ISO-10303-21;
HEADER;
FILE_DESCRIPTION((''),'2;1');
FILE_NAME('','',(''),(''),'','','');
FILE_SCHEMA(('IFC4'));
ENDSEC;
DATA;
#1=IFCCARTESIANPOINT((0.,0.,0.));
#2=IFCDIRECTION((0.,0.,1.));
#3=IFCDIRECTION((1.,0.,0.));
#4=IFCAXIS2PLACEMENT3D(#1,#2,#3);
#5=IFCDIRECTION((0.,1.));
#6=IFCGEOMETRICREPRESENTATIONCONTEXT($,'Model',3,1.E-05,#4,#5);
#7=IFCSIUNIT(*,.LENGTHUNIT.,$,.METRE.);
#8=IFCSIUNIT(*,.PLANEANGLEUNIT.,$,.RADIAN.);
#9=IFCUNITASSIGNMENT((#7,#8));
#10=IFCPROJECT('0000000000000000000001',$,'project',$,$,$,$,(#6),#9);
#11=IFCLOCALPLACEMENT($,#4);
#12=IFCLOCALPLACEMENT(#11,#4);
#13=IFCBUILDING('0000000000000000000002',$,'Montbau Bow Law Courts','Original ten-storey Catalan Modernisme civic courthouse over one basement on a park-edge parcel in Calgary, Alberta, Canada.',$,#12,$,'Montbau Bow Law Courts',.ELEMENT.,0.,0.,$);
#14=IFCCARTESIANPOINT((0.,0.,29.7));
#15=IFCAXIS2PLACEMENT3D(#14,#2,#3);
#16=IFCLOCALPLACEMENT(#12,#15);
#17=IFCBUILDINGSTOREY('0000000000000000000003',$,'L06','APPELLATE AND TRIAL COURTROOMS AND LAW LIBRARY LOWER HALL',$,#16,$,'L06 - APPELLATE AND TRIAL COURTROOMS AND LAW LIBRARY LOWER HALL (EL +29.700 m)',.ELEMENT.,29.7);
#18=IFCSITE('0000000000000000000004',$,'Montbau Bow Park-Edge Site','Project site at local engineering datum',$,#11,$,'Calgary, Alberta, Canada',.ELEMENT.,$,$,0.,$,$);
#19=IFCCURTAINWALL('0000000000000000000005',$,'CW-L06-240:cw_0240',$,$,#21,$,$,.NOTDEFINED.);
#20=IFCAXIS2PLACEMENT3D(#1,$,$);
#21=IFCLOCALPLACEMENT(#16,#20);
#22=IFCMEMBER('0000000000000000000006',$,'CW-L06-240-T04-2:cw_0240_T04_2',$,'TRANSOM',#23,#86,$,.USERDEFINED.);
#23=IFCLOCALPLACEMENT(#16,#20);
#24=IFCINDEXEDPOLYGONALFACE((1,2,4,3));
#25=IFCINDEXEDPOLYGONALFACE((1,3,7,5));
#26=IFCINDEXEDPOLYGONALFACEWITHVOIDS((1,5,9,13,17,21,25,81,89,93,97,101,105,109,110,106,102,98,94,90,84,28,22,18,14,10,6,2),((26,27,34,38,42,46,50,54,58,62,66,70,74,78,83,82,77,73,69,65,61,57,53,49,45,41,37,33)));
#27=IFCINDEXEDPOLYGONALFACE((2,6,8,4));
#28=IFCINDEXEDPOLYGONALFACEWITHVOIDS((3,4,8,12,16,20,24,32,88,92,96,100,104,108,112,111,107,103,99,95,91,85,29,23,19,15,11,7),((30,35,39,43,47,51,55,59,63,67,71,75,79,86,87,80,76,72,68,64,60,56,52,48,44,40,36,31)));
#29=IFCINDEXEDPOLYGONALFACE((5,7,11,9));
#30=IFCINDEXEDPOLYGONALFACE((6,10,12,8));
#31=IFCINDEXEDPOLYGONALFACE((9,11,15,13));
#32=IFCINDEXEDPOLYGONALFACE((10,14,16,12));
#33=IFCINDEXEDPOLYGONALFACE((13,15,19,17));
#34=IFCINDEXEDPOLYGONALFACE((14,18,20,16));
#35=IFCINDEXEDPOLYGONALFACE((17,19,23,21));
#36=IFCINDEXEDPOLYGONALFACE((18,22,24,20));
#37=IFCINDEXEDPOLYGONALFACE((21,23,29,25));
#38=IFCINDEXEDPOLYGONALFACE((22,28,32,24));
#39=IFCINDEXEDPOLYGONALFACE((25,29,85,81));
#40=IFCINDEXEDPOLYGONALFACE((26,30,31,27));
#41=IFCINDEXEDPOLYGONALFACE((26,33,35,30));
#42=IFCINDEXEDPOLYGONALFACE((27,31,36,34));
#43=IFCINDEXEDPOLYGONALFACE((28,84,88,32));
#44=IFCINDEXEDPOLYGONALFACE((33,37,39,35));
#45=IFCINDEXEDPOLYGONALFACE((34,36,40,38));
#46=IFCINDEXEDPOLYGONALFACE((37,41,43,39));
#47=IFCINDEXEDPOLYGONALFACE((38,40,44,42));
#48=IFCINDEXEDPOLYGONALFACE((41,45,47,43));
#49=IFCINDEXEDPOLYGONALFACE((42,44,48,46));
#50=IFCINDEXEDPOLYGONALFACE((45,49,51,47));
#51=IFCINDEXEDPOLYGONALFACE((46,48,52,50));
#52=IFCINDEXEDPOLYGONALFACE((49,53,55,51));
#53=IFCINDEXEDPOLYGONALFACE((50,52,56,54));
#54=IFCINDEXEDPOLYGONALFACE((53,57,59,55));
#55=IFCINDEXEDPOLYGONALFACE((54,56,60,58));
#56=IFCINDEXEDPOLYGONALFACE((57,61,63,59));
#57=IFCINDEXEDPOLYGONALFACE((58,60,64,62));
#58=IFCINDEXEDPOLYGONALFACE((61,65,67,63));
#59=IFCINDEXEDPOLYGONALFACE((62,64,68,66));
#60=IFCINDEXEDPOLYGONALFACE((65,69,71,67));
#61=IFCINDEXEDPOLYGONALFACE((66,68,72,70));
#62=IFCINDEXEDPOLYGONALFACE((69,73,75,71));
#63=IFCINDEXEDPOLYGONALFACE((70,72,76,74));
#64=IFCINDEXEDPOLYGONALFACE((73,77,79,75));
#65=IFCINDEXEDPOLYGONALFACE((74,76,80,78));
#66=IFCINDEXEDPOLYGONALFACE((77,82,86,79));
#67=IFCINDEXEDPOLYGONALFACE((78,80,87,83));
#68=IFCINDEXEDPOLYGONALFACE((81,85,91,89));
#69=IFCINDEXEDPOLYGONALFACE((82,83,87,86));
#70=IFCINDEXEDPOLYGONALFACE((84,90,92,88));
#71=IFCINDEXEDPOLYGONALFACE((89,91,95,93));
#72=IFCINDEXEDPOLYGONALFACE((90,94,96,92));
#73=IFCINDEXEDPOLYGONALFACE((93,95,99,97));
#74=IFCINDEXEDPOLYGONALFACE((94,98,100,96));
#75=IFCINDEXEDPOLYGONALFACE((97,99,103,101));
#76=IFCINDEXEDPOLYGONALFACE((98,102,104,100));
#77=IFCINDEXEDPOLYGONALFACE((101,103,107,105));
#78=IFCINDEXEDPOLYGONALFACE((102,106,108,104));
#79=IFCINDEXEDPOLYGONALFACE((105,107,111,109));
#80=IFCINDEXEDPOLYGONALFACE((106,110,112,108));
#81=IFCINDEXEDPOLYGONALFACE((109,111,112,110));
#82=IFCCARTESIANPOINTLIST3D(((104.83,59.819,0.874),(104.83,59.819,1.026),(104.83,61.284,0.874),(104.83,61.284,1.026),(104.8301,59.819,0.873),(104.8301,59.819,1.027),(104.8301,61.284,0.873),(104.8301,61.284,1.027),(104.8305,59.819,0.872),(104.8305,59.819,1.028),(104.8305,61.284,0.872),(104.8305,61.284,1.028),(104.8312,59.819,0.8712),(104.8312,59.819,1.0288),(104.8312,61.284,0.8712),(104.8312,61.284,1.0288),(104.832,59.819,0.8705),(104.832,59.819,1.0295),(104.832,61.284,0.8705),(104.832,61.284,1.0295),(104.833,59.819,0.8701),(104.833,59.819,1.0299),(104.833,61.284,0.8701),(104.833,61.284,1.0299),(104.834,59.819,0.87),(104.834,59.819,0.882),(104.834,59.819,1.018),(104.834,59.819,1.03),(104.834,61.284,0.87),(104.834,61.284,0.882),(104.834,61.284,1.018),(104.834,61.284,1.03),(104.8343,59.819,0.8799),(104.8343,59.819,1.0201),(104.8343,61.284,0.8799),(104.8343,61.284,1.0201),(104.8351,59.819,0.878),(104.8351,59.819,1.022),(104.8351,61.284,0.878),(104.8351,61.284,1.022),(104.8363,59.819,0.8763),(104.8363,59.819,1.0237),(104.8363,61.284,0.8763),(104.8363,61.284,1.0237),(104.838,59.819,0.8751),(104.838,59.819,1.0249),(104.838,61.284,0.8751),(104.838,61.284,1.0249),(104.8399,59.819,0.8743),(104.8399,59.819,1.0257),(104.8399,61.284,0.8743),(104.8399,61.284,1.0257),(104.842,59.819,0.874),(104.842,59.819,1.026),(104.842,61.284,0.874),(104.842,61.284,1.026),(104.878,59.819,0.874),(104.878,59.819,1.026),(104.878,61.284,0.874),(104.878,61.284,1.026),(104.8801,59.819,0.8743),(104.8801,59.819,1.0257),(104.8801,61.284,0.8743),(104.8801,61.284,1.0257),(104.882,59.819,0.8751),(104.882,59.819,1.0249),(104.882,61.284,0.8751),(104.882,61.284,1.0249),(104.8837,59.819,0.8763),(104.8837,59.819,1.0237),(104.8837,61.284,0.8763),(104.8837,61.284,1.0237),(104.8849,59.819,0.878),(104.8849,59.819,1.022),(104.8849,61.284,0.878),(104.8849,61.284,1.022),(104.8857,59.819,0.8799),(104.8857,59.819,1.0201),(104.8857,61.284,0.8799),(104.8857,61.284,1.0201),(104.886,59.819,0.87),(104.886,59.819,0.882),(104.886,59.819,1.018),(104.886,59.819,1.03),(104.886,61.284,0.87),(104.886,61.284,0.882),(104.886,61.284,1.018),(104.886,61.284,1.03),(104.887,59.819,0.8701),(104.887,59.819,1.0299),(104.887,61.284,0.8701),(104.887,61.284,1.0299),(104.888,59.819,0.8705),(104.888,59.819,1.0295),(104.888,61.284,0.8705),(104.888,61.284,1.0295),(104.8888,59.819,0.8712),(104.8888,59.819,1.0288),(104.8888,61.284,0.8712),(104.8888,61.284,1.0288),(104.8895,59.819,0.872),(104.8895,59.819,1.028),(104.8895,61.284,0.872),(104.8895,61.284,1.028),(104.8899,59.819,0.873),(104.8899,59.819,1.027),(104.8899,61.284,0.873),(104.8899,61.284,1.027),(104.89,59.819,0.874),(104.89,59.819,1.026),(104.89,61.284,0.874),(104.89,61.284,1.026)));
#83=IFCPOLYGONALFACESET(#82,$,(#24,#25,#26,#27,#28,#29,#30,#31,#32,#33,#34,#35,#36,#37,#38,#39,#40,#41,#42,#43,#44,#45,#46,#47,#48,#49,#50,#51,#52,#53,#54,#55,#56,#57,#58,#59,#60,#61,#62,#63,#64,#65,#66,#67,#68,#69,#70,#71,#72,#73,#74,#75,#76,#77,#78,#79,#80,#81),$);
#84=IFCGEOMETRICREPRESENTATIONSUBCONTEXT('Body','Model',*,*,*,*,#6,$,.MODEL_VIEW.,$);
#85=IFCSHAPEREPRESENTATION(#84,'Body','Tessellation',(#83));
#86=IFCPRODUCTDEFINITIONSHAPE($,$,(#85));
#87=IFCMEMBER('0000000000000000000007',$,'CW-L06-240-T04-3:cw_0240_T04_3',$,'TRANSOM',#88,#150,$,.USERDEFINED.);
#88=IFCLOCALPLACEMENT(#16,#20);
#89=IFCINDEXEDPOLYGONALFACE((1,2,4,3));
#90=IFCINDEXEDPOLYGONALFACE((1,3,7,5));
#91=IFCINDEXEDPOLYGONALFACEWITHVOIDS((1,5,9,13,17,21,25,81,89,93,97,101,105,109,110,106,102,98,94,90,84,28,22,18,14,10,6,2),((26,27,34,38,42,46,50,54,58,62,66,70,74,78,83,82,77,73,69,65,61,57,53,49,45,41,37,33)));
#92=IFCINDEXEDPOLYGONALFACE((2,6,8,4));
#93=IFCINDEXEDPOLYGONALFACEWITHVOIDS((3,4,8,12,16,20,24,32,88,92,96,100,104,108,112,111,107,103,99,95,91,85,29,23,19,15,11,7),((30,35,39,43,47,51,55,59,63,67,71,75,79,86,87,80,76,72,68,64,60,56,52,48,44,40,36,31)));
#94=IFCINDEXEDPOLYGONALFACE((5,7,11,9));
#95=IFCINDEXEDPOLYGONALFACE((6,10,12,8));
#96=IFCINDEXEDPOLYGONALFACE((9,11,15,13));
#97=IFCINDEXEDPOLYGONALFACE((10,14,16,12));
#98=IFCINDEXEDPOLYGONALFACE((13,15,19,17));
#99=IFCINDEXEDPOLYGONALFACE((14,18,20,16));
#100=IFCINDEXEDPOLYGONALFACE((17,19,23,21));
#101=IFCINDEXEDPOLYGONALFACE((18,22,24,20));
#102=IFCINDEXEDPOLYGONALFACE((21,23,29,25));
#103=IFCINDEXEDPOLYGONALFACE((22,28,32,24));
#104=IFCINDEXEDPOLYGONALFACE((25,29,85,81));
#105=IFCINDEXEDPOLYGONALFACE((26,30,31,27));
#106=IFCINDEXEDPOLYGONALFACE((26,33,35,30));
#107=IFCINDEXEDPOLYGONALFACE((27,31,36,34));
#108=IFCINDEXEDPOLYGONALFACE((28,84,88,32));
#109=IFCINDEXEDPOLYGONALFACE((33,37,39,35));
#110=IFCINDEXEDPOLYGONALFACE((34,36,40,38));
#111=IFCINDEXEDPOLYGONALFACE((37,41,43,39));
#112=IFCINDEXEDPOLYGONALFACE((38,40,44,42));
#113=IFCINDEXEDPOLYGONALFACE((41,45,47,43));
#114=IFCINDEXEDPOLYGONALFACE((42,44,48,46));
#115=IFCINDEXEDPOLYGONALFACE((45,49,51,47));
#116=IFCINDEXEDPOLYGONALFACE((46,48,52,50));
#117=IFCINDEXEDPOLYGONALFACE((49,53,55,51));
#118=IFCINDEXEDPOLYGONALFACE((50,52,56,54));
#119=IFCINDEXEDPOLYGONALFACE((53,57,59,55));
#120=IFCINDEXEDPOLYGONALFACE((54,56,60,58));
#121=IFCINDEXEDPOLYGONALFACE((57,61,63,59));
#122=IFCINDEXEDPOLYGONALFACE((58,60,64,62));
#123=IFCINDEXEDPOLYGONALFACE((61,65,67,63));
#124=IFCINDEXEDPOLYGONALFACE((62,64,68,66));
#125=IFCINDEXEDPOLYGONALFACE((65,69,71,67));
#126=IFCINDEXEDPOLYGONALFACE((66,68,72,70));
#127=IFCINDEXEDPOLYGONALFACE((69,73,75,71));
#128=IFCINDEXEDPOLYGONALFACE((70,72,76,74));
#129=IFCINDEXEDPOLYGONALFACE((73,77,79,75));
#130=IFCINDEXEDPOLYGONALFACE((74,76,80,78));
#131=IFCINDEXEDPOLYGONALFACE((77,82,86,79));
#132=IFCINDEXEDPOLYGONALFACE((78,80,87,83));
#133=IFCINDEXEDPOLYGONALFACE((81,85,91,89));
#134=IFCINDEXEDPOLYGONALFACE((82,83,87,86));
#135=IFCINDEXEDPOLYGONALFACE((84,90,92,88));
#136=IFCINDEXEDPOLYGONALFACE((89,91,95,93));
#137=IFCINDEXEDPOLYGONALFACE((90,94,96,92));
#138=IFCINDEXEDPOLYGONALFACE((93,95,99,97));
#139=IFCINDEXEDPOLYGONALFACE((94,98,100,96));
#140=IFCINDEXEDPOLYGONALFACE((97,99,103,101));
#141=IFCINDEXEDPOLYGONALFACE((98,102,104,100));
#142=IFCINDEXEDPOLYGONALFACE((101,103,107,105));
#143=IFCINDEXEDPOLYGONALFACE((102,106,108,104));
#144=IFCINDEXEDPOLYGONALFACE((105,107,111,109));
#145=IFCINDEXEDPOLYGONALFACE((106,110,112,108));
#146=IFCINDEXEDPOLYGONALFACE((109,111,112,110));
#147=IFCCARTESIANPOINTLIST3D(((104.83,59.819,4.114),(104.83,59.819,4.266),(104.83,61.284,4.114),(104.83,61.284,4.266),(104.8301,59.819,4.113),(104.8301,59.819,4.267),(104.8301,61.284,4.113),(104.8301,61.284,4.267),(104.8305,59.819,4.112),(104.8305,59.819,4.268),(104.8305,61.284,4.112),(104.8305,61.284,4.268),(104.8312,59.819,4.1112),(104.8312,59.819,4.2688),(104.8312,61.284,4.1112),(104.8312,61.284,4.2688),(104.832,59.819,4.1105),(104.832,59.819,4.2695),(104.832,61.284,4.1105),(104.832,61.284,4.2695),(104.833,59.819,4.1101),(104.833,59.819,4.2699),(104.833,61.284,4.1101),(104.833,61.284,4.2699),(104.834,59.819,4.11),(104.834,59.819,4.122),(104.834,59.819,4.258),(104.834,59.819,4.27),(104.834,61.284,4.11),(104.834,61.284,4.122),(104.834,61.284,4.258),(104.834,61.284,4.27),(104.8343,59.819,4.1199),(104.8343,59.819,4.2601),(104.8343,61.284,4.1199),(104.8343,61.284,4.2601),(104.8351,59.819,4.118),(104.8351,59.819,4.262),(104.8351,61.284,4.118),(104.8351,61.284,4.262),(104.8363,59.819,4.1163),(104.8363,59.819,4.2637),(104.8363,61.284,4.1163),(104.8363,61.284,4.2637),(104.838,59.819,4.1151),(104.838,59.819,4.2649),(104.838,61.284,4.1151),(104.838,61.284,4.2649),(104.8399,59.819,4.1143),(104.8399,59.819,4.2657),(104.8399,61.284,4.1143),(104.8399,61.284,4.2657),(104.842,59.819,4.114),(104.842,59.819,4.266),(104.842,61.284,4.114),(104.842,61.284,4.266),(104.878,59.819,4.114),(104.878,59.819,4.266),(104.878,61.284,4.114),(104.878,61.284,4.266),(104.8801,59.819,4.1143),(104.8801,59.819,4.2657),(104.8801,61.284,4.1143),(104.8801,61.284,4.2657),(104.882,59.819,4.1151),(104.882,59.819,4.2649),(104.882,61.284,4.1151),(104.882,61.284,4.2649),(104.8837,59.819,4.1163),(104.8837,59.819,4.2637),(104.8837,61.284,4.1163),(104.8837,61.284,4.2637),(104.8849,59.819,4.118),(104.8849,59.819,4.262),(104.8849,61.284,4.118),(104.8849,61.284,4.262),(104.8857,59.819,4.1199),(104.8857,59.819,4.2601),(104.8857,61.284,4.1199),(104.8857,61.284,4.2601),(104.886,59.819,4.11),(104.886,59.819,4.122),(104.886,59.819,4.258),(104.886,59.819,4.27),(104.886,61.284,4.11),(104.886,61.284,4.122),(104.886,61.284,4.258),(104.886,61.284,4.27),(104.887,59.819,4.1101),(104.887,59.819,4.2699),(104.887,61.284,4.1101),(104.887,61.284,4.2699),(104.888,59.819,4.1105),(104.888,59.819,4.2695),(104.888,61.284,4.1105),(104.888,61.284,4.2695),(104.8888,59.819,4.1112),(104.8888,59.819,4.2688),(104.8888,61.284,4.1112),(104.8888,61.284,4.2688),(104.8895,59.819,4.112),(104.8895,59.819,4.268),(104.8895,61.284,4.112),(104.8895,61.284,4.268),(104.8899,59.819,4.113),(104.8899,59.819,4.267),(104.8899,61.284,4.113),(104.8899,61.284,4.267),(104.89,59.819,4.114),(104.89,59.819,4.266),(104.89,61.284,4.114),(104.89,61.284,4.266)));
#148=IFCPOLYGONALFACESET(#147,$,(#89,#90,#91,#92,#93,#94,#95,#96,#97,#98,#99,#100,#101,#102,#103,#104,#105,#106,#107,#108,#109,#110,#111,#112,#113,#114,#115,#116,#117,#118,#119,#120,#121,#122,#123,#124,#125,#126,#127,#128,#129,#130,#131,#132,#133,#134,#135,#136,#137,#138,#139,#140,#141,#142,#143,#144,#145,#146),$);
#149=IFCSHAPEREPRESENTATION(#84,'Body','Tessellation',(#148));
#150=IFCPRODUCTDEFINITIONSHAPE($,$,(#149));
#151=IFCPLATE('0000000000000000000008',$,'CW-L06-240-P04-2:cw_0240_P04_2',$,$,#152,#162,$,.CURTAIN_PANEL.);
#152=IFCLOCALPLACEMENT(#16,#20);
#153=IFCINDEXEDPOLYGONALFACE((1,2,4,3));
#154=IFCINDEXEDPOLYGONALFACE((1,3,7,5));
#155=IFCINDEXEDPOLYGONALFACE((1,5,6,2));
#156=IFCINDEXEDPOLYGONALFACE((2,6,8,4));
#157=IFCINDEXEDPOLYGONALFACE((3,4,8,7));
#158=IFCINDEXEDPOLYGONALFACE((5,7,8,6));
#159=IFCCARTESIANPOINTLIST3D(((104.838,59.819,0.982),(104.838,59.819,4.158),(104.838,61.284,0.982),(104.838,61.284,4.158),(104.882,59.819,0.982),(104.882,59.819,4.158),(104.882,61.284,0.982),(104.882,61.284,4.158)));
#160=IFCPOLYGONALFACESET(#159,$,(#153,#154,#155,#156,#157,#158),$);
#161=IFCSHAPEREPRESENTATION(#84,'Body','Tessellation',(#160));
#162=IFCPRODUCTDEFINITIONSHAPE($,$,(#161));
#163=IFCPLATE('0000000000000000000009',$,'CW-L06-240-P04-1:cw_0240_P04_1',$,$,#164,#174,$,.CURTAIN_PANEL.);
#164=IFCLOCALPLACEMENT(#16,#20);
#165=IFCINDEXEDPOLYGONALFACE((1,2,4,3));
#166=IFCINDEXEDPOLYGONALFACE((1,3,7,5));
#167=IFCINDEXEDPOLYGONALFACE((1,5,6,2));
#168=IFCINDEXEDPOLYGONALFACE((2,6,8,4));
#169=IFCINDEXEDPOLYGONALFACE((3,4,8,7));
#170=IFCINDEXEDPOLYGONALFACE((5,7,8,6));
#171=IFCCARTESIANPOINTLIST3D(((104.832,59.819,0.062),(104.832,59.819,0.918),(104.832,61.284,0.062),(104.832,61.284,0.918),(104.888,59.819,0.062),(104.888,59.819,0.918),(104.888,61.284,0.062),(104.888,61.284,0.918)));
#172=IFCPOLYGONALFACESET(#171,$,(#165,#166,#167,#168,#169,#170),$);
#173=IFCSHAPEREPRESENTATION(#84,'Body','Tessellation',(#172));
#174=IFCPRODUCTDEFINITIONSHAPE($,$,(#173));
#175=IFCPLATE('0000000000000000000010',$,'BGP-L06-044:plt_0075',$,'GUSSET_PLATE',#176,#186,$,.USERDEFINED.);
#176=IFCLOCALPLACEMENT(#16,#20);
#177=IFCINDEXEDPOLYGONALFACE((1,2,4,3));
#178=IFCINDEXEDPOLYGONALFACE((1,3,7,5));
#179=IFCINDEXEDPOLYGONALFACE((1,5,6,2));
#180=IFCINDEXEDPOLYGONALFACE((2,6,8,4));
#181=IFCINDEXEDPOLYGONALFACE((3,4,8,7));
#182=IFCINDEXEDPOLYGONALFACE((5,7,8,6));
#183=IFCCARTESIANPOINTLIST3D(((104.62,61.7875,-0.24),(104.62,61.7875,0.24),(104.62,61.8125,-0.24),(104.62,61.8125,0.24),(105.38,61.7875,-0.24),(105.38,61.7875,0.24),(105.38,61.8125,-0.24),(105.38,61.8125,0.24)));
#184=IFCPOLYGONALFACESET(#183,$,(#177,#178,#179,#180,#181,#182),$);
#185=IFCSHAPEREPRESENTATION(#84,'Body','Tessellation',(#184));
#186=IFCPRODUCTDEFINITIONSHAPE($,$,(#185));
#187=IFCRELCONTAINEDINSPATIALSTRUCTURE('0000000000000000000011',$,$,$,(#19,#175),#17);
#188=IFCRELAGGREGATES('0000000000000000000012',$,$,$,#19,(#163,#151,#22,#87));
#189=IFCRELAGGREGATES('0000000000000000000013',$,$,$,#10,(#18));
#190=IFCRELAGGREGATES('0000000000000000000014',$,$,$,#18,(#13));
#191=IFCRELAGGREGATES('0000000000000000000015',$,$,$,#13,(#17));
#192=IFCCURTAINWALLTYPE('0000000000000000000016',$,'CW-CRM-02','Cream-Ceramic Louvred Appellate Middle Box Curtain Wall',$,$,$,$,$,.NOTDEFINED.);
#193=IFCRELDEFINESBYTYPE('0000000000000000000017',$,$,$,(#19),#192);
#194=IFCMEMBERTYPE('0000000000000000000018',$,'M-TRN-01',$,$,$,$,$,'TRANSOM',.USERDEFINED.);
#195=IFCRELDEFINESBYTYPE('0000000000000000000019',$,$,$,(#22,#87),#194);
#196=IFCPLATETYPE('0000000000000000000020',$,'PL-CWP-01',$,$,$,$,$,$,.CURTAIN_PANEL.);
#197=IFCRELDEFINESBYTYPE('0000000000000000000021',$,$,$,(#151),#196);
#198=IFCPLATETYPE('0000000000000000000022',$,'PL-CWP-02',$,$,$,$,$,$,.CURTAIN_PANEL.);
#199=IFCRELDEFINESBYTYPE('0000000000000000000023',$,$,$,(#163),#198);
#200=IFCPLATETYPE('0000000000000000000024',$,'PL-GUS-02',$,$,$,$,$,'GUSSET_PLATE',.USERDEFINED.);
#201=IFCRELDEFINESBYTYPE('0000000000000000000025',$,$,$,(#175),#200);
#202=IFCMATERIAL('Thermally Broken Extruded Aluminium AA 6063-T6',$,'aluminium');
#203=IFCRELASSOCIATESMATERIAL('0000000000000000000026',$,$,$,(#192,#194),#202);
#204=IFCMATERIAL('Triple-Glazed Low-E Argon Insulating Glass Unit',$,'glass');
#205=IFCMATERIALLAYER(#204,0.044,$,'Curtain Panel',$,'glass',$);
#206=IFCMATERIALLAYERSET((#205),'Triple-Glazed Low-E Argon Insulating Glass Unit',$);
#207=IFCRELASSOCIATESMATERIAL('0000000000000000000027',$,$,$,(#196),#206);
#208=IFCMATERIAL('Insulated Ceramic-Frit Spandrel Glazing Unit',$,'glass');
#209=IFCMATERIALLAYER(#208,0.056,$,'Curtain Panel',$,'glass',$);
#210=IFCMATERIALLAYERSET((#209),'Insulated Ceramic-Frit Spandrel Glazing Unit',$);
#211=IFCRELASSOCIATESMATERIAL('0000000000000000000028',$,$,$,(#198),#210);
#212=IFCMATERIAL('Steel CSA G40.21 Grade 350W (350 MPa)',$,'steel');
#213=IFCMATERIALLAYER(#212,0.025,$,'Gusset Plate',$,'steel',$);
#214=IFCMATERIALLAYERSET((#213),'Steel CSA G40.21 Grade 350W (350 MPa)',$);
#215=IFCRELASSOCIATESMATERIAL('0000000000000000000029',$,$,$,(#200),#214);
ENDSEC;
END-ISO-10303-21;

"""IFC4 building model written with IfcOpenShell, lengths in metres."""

from ifc_helpers import new_model, si_unit, direction, frame, frame_2d, origin_with_axes, origin_2d_with_axis, place, context, subcontext, project, spatial, rectangle, hollow_rectangle, extrude, material, layer, layer_set, material_profile, profile_set, type_object, element, aggregate, save


model = new_model("IFC4")

# Units and contexts
model_context = context("Model", 3, precision=1e-05, world=origin_with_axes(), true_north=direction((0.0, 1.0)))
body_context = subcontext(model_context, "Body", "Model", "MODEL_VIEW")
ifc_project = project(units=[si_unit("LENGTHUNIT", "METRE"), si_unit("PLANEANGLEUNIT", "RADIAN")], contexts=[model_context])

# Site, building, storey
site_placement = place(None, origin_with_axes())
site = spatial("IfcSite", under=ifc_project, at=site_placement, Name="Montbau Bow Park-Edge Site", Description="Project site at local engineering datum", LongName="Calgary, Alberta, Canada", CompositionType="ELEMENT", RefElevation=0.0)
building_placement = place(site_placement, origin_with_axes())
building = spatial("IfcBuilding", under=site, at=building_placement, Name="Montbau Bow Law Courts", Description="Original ten-storey Catalan Modernisme civic courthouse over one basement on a park-edge parcel in Calgary, Alberta, Canada.", LongName="Montbau Bow Law Courts", CompositionType="ELEMENT", ElevationOfRefHeight=0.0, ElevationOfTerrain=0.0)
storey_placement = place(building_placement, frame((0.0, 0.0, 29.7), z_axis=(0.0, 0.0, 1.0), x_axis=(1.0, 0.0, 0.0)))
storey = spatial("IfcBuildingStorey", under=building, at=storey_placement, Name="L06", Description="APPELLATE AND TRIAL COURTROOMS AND LAW LIBRARY LOWER HALL", LongName="L06 - APPELLATE AND TRIAL COURTROOMS AND LAW LIBRARY LOWER HALL (EL +29.700 m)", CompositionType="ELEMENT", Elevation=29.7)

# Shared definitions
ifc_material_1 = material(Name="Thermally Broken Extruded Aluminium AA 6063-T6", Category="aluminium")
curtain_wall_type = type_object("IfcCurtainWallType", Name="CW-CRM-02", Description="Cream-Ceramic Louvred Appellate Middle Box Curtain Wall", PredefinedType="NOTDEFINED", material=ifc_material_1)

# Curtain wall
curtain_wall_1_placement = place(None, frame((104.86, 55.04, 29.7), z_axis=(0.0, 0.0, 1.0), x_axis=(1.0, 0.0, 0.0)))
curtain_wall_1 = element("IfcCurtainWall", 1, at=curtain_wall_1_placement, inside=storey, type_object=curtain_wall_type, Name="CW-L06-240:cw_0240", PredefinedType="NOTDEFINED")

# Members
ifc_material_profile_1 = material_profile(ifc_material_1, hollow_rectangle(XDim=0.06, YDim=0.16, WallThickness=0.004, InnerFilletRadius=0.008, OuterFilletRadius=0.004, at=origin_2d_with_axis()), Name="CWT-160X60", Category="Main", Priority=0)
ifc_profile_set_1 = profile_set([ifc_material_profile_1], Name="Thermally Broken Extruded Aluminium AA 6063-T6")
member_type_1 = type_object("IfcMemberType", Name="M-TRN-01", ElementType="TRANSOM", PredefinedType="USERDEFINED", material=ifc_profile_set_1)
member_1_placement = place(None, frame((104.86, 59.819, 30.65), z_axis=(0.0, 1.0, 0.0), x_axis=(-1.0, 0.0, 0.0)))
member_1 = element("IfcMember", 2, at=member_1_placement, type_object=member_type_1, Name="CW-L06-240-T04-2:cw_0240_T04_2", ObjectType="TRANSOM", PredefinedType="USERDEFINED", context=body_context, shape_type="SweptSolid", body=[
    extrude(hollow_rectangle(XDim=0.06, YDim=0.16, WallThickness=0.004, InnerFilletRadius=0.008, OuterFilletRadius=0.004, at=origin_2d_with_axis()), origin_with_axes(), (0.0, 0.0, 1.0), 1.465),
])
member_2_placement = place(None, frame((104.86, 59.819, 33.89), z_axis=(0.0, 1.0, 0.0), x_axis=(-1.0, 0.0, 0.0)))
member_2 = element("IfcMember", 3, at=member_2_placement, type_object=member_type_1, Name="CW-L06-240-T04-3:cw_0240_T04_3", ObjectType="TRANSOM", PredefinedType="USERDEFINED", context=body_context, shape_type="SweptSolid", body=[
    extrude(hollow_rectangle(XDim=0.06, YDim=0.16, WallThickness=0.004, InnerFilletRadius=0.008, OuterFilletRadius=0.004, at=origin_2d_with_axis()), origin_with_axes(), (0.0, 0.0, 1.0), 1.465),
])

# Plates
ifc_material_2 = material(Name="Triple-Glazed Low-E Argon Insulating Glass Unit", Category="glass")
ifc_layer_1 = layer(ifc_material_2, 0.044, Name="Curtain Panel", Category="glass")
ifc_layer_set_1 = layer_set([ifc_layer_1], Name="Triple-Glazed Low-E Argon Insulating Glass Unit")
plate_type_1 = type_object("IfcPlateType", Name="PL-CWP-01", PredefinedType="CURTAIN_PANEL", material=ifc_layer_set_1)
plate_1_placement = place(None, frame((104.86, 59.819, 30.682), z_axis=(1.0, 0.0, 0.0), x_axis=(0.0, 1.0, 0.0)))
plate_1 = element("IfcPlate", 4, at=plate_1_placement, type_object=plate_type_1, Name="CW-L06-240-P04-2:cw_0240_P04_2", PredefinedType="CURTAIN_PANEL", context=body_context, shape_type="SweptSolid", body=[
    extrude(rectangle(XDim=1.465, YDim=3.176, at=frame_2d((0.7325, 1.588), x_axis=(1.0, 0.0))), frame((0.0, 0.0, -0.022), z_axis=(0.0, 0.0, 1.0), x_axis=(1.0, 0.0, 0.0)), (0.0, 0.0, 1.0), 0.044),
])
ifc_material_3 = material(Name="Insulated Ceramic-Frit Spandrel Glazing Unit", Category="glass")
ifc_layer_2 = layer(ifc_material_3, 0.056, Name="Curtain Panel", Category="glass")
ifc_layer_set_2 = layer_set([ifc_layer_2], Name="Insulated Ceramic-Frit Spandrel Glazing Unit")
plate_type_2 = type_object("IfcPlateType", Name="PL-CWP-02", PredefinedType="CURTAIN_PANEL", material=ifc_layer_set_2)
plate_2_placement = place(None, frame((104.86, 59.819, 29.762), z_axis=(1.0, 0.0, 0.0), x_axis=(0.0, 1.0, 0.0)))
plate_2 = element("IfcPlate", 5, at=plate_2_placement, type_object=plate_type_2, Name="CW-L06-240-P04-1:cw_0240_P04_1", PredefinedType="CURTAIN_PANEL", context=body_context, shape_type="SweptSolid", body=[
    extrude(rectangle(XDim=1.465, YDim=0.856, at=frame_2d((0.7325, 0.428), x_axis=(1.0, 0.0))), frame((0.0, 0.0, -0.028), z_axis=(0.0, 0.0, 1.0), x_axis=(1.0, 0.0, 0.0)), (0.0, 0.0, 1.0), 0.056),
])
aggregate(curtain_wall_1, [plate_2, plate_1, member_1, member_2])

# Plate
ifc_material_4 = material(Name="Steel CSA G40.21 Grade 350W (350 MPa)", Category="steel")
ifc_layer_3 = layer(ifc_material_4, 0.025, Name="Gusset Plate", Category="steel")
ifc_layer_set_3 = layer_set([ifc_layer_3], Name="Steel CSA G40.21 Grade 350W (350 MPa)")
plate_type_3 = type_object("IfcPlateType", Name="PL-GUS-02", ElementType="GUSSET_PLATE", PredefinedType="USERDEFINED", material=ifc_layer_set_3)
for number, where, z_axis, x_axis, name in (
    (6, (105.0, 61.8, 29.46), (0.0, 0.0, 1.0), (1.0, 0.0, 0.0), "BGP-L06-044:plt_0075"),
):
    element("IfcPlate", number, at=place(None, frame(where, z_axis=z_axis, x_axis=x_axis)), inside=storey, type_object=plate_type_3, Name=name, ObjectType="GUSSET_PLATE", PredefinedType="USERDEFINED", context=body_context, shape_type="SweptSolid", body=[
        extrude(rectangle(XDim=0.76, YDim=0.025, at=origin_2d_with_axis()), origin_with_axes(), (0.0, 0.0, 1.0), 0.48),
    ])

save(model, "model.ifc")
